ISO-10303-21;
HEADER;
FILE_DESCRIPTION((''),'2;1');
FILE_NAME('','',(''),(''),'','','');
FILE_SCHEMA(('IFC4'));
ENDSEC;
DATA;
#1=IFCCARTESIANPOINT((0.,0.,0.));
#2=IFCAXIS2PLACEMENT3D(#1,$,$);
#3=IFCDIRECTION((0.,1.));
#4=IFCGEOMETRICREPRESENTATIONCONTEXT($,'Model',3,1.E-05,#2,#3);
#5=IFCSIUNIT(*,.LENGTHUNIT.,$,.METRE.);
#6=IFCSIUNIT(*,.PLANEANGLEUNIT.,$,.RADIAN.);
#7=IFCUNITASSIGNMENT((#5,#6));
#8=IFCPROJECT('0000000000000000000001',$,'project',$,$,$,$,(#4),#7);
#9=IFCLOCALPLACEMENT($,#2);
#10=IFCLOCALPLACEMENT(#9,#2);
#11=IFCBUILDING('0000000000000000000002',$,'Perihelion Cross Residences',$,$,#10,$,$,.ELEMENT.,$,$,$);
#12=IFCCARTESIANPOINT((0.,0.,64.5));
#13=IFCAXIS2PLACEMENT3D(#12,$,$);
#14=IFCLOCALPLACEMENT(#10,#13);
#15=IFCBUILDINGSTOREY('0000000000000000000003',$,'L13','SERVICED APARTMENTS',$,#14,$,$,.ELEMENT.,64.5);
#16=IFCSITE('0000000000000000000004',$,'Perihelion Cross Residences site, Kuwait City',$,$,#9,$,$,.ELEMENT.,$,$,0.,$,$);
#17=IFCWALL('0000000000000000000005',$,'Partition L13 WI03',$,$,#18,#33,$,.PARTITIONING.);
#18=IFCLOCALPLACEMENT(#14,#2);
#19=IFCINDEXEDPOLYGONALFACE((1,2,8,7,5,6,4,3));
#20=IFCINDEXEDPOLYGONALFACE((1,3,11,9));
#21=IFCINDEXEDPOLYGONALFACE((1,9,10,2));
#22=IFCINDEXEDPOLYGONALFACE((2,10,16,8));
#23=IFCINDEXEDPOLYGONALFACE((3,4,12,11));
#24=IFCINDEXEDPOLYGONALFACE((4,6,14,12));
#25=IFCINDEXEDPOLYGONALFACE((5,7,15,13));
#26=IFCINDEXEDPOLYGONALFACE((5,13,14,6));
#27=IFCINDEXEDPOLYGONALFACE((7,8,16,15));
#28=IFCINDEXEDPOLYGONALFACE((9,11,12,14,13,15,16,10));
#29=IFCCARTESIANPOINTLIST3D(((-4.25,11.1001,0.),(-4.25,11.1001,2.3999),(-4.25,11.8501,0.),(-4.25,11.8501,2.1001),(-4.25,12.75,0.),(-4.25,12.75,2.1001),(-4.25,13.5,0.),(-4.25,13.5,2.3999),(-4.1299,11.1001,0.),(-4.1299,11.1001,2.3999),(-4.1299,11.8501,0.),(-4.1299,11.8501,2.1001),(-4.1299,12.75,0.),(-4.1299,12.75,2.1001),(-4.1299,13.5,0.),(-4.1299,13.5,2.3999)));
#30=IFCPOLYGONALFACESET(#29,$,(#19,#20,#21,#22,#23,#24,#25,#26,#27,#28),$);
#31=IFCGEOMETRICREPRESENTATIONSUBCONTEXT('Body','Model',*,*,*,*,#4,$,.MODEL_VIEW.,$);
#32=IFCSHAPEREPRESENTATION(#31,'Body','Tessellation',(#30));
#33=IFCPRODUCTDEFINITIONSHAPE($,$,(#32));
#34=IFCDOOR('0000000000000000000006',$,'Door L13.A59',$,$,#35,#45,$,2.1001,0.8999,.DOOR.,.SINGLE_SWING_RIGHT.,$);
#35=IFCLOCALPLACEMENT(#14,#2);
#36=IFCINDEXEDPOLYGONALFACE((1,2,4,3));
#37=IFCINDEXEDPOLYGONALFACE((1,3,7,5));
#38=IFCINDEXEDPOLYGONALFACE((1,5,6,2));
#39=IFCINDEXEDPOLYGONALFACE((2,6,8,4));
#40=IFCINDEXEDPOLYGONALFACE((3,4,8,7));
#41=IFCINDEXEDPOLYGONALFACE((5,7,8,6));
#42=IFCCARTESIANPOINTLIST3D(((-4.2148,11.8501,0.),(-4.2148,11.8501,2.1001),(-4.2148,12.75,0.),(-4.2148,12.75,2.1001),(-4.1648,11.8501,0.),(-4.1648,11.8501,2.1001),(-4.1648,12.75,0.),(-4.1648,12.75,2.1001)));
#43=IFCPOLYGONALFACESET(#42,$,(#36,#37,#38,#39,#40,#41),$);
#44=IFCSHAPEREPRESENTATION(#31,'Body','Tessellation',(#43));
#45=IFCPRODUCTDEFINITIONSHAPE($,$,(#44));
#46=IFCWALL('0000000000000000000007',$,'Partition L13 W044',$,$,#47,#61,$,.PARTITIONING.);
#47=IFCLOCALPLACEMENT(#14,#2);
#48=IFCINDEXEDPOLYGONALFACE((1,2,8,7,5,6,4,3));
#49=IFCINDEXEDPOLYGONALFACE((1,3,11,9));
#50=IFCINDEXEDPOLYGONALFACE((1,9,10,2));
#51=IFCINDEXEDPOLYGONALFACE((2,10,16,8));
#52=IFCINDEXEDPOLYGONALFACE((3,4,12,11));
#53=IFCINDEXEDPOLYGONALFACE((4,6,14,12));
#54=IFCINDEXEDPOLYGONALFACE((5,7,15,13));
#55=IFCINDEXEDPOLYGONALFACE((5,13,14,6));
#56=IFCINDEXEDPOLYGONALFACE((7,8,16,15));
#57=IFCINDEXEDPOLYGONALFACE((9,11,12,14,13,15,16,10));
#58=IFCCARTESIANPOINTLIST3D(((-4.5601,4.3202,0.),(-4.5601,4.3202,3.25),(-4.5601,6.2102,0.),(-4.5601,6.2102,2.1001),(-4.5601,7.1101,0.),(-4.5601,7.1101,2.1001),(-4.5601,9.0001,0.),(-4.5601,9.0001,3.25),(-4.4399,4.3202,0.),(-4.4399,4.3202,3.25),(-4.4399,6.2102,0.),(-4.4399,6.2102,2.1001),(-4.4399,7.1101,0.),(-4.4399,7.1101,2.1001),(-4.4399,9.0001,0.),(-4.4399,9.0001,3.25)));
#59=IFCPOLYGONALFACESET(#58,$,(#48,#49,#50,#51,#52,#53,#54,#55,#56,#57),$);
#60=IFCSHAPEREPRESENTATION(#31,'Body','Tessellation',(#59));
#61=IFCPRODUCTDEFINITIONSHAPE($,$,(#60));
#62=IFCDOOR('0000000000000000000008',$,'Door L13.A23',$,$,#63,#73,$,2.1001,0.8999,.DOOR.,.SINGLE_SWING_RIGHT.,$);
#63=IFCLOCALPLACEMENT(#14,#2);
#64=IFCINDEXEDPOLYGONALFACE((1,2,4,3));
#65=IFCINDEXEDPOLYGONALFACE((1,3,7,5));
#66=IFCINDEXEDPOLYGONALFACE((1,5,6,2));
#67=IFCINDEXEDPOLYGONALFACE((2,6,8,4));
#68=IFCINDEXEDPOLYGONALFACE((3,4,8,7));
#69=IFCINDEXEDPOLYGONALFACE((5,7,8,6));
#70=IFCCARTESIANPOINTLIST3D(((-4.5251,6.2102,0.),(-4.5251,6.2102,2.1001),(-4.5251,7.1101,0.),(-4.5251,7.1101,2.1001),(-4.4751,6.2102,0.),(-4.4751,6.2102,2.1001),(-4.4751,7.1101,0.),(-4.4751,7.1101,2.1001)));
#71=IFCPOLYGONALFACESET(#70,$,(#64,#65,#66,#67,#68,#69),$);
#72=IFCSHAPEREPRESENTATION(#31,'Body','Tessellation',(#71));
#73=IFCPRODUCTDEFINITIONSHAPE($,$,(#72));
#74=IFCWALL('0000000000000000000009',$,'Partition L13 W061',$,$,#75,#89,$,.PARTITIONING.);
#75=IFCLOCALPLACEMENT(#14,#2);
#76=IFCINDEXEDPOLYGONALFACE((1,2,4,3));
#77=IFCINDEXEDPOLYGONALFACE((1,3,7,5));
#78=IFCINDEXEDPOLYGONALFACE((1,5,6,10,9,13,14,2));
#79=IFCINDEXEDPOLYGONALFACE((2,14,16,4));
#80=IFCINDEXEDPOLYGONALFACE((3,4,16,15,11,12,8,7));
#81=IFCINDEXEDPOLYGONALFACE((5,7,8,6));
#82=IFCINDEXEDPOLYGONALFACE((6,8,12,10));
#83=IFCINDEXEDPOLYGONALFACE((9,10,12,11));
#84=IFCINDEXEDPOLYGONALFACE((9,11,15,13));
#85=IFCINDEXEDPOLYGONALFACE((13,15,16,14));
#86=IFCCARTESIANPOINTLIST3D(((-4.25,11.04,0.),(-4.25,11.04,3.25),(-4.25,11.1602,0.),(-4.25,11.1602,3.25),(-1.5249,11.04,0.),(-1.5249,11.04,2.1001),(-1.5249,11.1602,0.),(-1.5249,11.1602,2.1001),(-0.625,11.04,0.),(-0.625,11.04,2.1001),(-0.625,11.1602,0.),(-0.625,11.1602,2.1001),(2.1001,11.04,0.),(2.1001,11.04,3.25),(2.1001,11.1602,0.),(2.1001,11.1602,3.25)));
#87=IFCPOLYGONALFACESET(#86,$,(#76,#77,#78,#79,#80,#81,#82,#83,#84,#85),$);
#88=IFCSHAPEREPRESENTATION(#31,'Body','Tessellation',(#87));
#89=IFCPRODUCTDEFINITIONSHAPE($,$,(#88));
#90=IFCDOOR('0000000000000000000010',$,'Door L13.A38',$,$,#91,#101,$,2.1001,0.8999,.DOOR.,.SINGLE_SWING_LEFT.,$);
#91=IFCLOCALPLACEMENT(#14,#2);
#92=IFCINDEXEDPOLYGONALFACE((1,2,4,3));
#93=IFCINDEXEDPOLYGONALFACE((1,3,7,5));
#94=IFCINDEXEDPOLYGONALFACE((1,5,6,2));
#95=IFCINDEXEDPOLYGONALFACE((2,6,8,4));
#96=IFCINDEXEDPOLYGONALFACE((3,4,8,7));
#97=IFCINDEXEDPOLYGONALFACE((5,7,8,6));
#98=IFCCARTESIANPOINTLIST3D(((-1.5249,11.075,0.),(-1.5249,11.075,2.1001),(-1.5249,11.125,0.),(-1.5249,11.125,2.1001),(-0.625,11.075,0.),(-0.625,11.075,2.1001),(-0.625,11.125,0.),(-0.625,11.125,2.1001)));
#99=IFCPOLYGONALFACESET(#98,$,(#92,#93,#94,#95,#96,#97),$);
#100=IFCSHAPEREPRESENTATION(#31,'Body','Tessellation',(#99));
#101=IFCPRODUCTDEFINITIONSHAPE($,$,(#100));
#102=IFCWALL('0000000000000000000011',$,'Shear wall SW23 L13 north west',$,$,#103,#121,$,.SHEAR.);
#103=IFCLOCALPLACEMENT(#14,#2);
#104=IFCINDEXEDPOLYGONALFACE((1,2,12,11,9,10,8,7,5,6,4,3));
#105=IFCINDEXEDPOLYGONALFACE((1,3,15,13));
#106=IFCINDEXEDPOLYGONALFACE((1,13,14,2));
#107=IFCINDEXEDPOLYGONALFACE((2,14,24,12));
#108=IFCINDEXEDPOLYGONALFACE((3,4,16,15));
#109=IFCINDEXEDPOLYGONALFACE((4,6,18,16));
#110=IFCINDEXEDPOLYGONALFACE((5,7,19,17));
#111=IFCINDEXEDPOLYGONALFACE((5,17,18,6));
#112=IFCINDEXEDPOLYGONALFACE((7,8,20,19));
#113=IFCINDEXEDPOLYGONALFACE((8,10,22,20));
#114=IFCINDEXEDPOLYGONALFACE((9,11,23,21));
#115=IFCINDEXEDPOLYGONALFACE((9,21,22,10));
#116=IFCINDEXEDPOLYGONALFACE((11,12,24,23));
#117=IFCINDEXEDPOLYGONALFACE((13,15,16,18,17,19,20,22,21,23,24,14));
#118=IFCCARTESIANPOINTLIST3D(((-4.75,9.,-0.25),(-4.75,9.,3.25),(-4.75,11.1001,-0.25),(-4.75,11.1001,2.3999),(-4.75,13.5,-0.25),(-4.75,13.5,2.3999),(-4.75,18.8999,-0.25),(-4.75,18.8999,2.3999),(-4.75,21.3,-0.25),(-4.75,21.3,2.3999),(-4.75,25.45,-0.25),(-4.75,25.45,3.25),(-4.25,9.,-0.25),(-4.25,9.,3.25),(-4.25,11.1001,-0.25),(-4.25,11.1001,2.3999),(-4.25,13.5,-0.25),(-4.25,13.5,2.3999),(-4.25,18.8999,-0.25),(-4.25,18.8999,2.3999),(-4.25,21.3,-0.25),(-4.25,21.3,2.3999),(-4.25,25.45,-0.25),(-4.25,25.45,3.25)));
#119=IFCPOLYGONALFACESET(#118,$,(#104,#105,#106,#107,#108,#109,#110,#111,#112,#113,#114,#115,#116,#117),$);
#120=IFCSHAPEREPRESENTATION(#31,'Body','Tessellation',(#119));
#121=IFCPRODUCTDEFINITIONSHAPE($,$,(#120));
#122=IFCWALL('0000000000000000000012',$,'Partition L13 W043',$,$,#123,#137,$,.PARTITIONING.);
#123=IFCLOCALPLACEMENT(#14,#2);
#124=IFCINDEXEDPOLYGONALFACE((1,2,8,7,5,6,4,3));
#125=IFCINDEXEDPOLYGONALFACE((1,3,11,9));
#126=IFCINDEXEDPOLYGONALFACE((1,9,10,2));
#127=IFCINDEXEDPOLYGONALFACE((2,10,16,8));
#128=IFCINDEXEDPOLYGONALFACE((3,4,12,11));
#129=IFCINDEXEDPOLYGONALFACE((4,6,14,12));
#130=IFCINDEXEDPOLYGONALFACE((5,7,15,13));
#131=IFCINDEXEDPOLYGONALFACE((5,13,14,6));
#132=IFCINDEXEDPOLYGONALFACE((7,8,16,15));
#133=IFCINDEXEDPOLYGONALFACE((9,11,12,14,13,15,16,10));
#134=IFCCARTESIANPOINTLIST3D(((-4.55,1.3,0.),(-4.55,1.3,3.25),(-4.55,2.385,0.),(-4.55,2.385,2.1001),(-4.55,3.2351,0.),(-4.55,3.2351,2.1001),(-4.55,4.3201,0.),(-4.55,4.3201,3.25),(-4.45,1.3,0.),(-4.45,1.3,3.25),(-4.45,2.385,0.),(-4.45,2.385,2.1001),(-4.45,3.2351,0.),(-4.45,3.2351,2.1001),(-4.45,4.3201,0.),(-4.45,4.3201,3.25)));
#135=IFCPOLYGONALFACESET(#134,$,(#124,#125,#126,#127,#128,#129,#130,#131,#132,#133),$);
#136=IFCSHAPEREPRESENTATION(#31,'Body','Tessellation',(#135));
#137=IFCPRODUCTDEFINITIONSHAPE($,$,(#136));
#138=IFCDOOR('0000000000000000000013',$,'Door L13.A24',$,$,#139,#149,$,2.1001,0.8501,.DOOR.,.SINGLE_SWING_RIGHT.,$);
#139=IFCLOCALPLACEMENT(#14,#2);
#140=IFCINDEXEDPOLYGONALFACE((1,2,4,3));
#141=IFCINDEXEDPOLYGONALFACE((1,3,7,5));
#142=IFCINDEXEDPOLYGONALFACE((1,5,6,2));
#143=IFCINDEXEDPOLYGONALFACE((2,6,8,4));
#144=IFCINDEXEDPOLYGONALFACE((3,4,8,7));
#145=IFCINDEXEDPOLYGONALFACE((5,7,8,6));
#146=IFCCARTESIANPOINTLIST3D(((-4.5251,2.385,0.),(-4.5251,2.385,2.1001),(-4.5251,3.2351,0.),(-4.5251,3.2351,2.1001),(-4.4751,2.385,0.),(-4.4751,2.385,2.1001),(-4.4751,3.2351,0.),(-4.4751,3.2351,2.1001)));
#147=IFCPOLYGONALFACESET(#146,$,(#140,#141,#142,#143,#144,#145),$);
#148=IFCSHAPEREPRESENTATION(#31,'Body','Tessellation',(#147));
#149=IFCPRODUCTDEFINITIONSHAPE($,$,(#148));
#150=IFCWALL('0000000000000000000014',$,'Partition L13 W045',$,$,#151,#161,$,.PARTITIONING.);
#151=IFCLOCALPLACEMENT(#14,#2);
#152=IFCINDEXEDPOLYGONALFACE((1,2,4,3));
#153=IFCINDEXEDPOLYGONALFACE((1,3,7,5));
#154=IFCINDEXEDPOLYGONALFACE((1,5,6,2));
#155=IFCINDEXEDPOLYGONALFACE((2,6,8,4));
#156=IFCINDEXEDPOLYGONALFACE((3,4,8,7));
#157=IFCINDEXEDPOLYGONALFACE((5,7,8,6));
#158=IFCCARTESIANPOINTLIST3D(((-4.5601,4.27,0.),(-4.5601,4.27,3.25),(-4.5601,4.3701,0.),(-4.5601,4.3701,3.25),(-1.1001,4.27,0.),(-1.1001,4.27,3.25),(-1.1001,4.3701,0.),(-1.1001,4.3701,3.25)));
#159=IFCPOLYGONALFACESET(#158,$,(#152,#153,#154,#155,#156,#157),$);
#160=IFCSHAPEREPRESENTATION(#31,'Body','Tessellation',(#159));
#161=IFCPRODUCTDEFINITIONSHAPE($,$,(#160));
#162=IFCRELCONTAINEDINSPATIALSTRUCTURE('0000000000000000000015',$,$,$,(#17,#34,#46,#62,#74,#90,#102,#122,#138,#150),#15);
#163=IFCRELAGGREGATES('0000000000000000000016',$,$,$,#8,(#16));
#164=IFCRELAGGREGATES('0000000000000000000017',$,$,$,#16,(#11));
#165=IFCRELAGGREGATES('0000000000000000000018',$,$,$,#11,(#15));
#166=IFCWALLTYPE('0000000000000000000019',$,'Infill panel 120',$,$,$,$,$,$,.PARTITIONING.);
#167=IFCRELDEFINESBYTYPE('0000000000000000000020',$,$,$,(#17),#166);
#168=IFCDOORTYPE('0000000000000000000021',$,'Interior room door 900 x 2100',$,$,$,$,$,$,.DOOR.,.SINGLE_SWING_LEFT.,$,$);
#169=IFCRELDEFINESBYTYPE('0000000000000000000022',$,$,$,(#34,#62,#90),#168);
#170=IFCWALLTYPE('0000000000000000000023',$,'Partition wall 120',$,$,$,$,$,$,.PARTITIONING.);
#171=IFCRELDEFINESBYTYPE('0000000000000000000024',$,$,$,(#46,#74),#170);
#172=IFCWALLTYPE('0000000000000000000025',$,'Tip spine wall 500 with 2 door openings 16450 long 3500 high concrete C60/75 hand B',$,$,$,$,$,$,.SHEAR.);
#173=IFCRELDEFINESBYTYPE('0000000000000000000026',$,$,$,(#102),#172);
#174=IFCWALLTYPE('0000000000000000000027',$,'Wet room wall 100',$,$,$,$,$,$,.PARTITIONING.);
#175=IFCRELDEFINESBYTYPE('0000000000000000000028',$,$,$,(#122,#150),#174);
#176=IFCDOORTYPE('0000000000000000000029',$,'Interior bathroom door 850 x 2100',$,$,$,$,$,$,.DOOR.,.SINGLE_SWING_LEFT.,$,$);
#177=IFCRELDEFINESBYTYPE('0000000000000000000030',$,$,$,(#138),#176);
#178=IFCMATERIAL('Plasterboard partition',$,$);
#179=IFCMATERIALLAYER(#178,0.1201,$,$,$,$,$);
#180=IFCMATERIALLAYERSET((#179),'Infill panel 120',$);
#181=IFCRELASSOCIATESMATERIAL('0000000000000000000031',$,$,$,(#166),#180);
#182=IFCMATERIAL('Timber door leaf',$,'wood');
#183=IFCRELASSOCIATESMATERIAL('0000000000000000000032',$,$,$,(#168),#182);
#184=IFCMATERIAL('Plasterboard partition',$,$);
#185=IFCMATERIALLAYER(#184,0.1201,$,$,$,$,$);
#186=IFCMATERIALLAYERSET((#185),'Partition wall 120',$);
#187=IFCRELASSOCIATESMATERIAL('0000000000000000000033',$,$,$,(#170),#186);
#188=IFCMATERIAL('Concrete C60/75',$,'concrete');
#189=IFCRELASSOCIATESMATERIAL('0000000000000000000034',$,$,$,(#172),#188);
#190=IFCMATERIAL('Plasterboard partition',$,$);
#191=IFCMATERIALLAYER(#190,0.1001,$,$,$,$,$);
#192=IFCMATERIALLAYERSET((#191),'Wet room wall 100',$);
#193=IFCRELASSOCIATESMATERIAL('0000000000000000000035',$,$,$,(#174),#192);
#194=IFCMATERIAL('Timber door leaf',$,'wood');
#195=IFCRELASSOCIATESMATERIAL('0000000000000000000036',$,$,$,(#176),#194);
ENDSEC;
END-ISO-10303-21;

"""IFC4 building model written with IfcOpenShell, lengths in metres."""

from ifc_helpers import new_model, si_unit, direction, frame, frame_2d, origin, place, context, subcontext, project, spatial, polyline, rectangle, outline, extrude, material, layer, layer_set, material_profile, profile_set, type_object, element, fill, save


model = new_model("IFC4")

# Units and contexts
model_context = context("Model", 3, precision=1e-05, world=origin(), true_north=direction((0.0, 1.0)))
body_context = subcontext(model_context, "Body", "Model", "MODEL_VIEW")
ifc_project = project(units=[si_unit("LENGTHUNIT", "METRE"), si_unit("PLANEANGLEUNIT", "RADIAN")], contexts=[model_context])

# Site, building, storey
site_placement = place(None, origin())
site = spatial("IfcSite", under=ifc_project, at=site_placement, Name="Perihelion Cross Residences site, Kuwait City", CompositionType="ELEMENT", RefElevation=0.0)
building_placement = place(site_placement, origin())
building = spatial("IfcBuilding", under=site, at=building_placement, Name="Perihelion Cross Residences", CompositionType="ELEMENT")
storey_placement = place(building_placement, frame((0.0, 0.0, 64.5)))
storey = spatial("IfcBuildingStorey", under=building, at=storey_placement, Name="L13", Description="SERVICED APARTMENTS", CompositionType="ELEMENT", Elevation=64.5)

# Walls, openings, doors
ifc_material_1 = material(Name="Plasterboard partition")
ifc_layer_1 = layer(ifc_material_1, 0.1201)
ifc_layer_set_1 = layer_set([ifc_layer_1], Name="Infill panel 120")
wall_type_1 = type_object("IfcWallType", Name="Infill panel 120", PredefinedType="PARTITIONING", material=ifc_layer_set_1)
wall_1_placement = place(storey_placement, frame((-4.1899, 11.1001, 0.0), z_axis=(0.0, 0.0, 1.0), x_axis=(0.0, 1.0, 0.0)))
wall_1 = element("IfcWall", 1, at=wall_1_placement, inside=storey, type_object=wall_type_1, Name="Partition L13 WI03", PredefinedType="PARTITIONING", context=body_context, shape_type="SweptSolid", body=[
    extrude(rectangle(XDim=2.3999, YDim=0.1201, at=frame_2d((1.2, 0.0))), origin(), (0.0, 0.0, 1.0), 2.3999),
])
opening_1_placement = place(wall_1_placement, frame((0.75, 0.0, 0.0)))
opening_1 = element("IfcOpeningElement", 2, at=opening_1_placement, cuts=wall_1, PredefinedType="OPENING", context=body_context, shape_type="SweptSolid", body=[
    extrude(rectangle(XDim=0.8999, YDim=2.1001, at=frame_2d((0.45, 1.05))), frame((0.0, 0.0701, 0.0), z_axis=(0.0, -1.0, 0.0), x_axis=(1.0, 0.0, 0.0)), (0.0, 0.0, 1.0), 0.1401),
])
ifc_material_2 = material(Name="Timber door leaf", Category="wood")
door_type_1 = type_object("IfcDoorType", Name="Interior room door 900 x 2100", OperationType="SINGLE_SWING_LEFT", PredefinedType="DOOR", material=ifc_material_2)
door_1_placement = place(opening_1_placement, origin())
door_1 = element("IfcDoor", 3, at=door_1_placement, inside=storey, type_object=door_type_1, Name="Door L13.A59", OperationType="SINGLE_SWING_RIGHT", OverallHeight=2.1001, OverallWidth=0.8999, PredefinedType="DOOR", context=body_context, shape_type="SweptSolid", body=[
    extrude(rectangle(XDim=0.8999, YDim=2.1001, at=frame_2d((0.45, 1.05))), frame((0.0, 0.0249, 0.0), z_axis=(0.0, -1.0, 0.0), x_axis=(1.0, 0.0, 0.0)), (0.0, 0.0, 1.0), 0.05),
])
fill(opening_1, door_1)
ifc_material_3 = material(Name="Plasterboard partition")
ifc_layer_2 = layer(ifc_material_3, 0.1201)
ifc_layer_set_2 = layer_set([ifc_layer_2], Name="Partition wall 120")
wall_type_2 = type_object("IfcWallType", Name="Partition wall 120", PredefinedType="PARTITIONING", material=ifc_layer_set_2)
wall_2_placement = place(storey_placement, frame((-4.5, 9.0, 0.0), z_axis=(0.0, 0.0, 1.0), x_axis=(0.0, -1.0, 0.0)))
wall_2 = element("IfcWall", 4, at=wall_2_placement, inside=storey, type_object=wall_type_2, Name="Partition L13 W044", PredefinedType="PARTITIONING", context=body_context, shape_type="SweptSolid", body=[
    extrude(rectangle(XDim=4.6799, YDim=0.1201, at=frame_2d((2.3398, 0.0))), origin(), (0.0, 0.0, 1.0), 3.25),
])
opening_2_placement = place(wall_2_placement, frame((1.8899, 0.0, 0.0)))
opening_2 = element("IfcOpeningElement", 5, at=opening_2_placement, cuts=wall_2, PredefinedType="OPENING", context=body_context, shape_type="SweptSolid", body=[
    extrude(rectangle(XDim=0.8999, YDim=2.1001, at=frame_2d((0.45, 1.05))), frame((0.0, 0.0701, 0.0), z_axis=(0.0, -1.0, 0.0), x_axis=(1.0, 0.0, 0.0)), (0.0, 0.0, 1.0), 0.1401),
])
door_2_placement = place(opening_2_placement, origin())
door_2 = element("IfcDoor", 6, at=door_2_placement, inside=storey, type_object=door_type_1, Name="Door L13.A23", OperationType="SINGLE_SWING_RIGHT", OverallHeight=2.1001, OverallWidth=0.8999, PredefinedType="DOOR", context=body_context, shape_type="SweptSolid", body=[
    extrude(rectangle(XDim=0.8999, YDim=2.1001, at=frame_2d((0.45, 1.05))), frame((0.0, 0.0249, 0.0), z_axis=(0.0, -1.0, 0.0), x_axis=(1.0, 0.0, 0.0)), (0.0, 0.0, 1.0), 0.05),
])
fill(opening_2, door_2)
wall_3_placement = place(storey_placement, frame((-4.25, 11.1001, 0.0), z_axis=(0.0, 0.0, 1.0), x_axis=(1.0, 0.0, 0.0)))
wall_3 = element("IfcWall", 7, at=wall_3_placement, inside=storey, type_object=wall_type_2, Name="Partition L13 W061", PredefinedType="PARTITIONING", context=body_context, shape_type="SweptSolid", body=[
    extrude(rectangle(XDim=6.3501, YDim=0.1201, at=frame_2d((3.175, 0.0))), origin(), (0.0, 0.0, 1.0), 3.25),
])
opening_3_placement = place(wall_3_placement, frame((2.7251, 0.0, 0.0)))
opening_3 = element("IfcOpeningElement", 8, at=opening_3_placement, cuts=wall_3, PredefinedType="OPENING", context=body_context, shape_type="SweptSolid", body=[
    extrude(rectangle(XDim=0.8999, YDim=2.1001, at=frame_2d((0.45, 1.05))), frame((0.0, 0.0701, 0.0), z_axis=(0.0, -1.0, 0.0), x_axis=(1.0, 0.0, 0.0)), (0.0, 0.0, 1.0), 0.1401),
])
door_3_placement = place(opening_3_placement, origin())
door_3 = element("IfcDoor", 9, at=door_3_placement, inside=storey, type_object=door_type_1, Name="Door L13.A38", OperationType="SINGLE_SWING_LEFT", OverallHeight=2.1001, OverallWidth=0.8999, PredefinedType="DOOR", context=body_context, shape_type="SweptSolid", body=[
    extrude(rectangle(XDim=0.8999, YDim=2.1001, at=frame_2d((0.45, 1.05))), frame((0.0, 0.0249, 0.0), z_axis=(0.0, -1.0, 0.0), x_axis=(1.0, 0.0, 0.0)), (0.0, 0.0, 1.0), 0.05),
])
fill(opening_3, door_3)

# Wall
ifc_material_4 = material(Name="Concrete C60/75", Category="concrete")
ifc_material_profile_1 = material_profile(ifc_material_4, outline(polyline([(0.0, 0.0), (2.1001, 0.0), (2.1001, 2.6499), (4.5, 2.6499), (4.5, 0.0), (9.8999, 0.0), (9.8999, 2.6499), (12.3, 2.6499), (12.3, 0.0), (16.45, 0.0), (16.45, 3.5), (0.0, 3.5), (0.0, 0.0)])), Name="Tip spine wall")
ifc_profile_set_1 = profile_set([ifc_material_profile_1], Name="Concrete C60/75")
wall_type_3 = type_object("IfcWallType", Name="Tip spine wall 500 with 2 door openings 16450 long 3500 high concrete C60/75 hand B", PredefinedType="SHEAR", material=ifc_profile_set_1)
wall_4_placement = place(storey_placement, frame((-4.75, 9.0, -0.25), z_axis=(1.0, 0.0, 0.0), x_axis=(0.0, 1.0, 0.0)))
element("IfcWall", 10, at=wall_4_placement, inside=storey, type_object=wall_type_3, Name="Shear wall SW23 L13 north west", PredefinedType="SHEAR", context=body_context, shape_type="SweptSolid", body=[
    extrude(outline(polyline([(0.0, 0.0), (2.1001, 0.0), (2.1001, 2.6499), (4.5, 2.6499), (4.5, 0.0), (9.8999, 0.0), (9.8999, 2.6499), (12.3, 2.6499), (12.3, 0.0), (16.45, 0.0), (16.45, 3.5), (0.0, 3.5), (0.0, 0.0)])), origin(), (0.0, 0.0, 1.0), 0.5),
])

# Wall, opening, door
ifc_material_5 = material(Name="Plasterboard partition")
ifc_layer_3 = layer(ifc_material_5, 0.1001)
ifc_layer_set_3 = layer_set([ifc_layer_3], Name="Wet room wall 100")
wall_type_4 = type_object("IfcWallType", Name="Wet room wall 100", PredefinedType="PARTITIONING", material=ifc_layer_set_3)
wall_5_placement = place(storey_placement, frame((-4.5, 4.3201, 0.0), z_axis=(0.0, 0.0, 1.0), x_axis=(0.0, -1.0, 0.0)))
wall_5 = element("IfcWall", 11, at=wall_5_placement, inside=storey, type_object=wall_type_4, Name="Partition L13 W043", PredefinedType="PARTITIONING", context=body_context, shape_type="SweptSolid", body=[
    extrude(rectangle(XDim=3.02, YDim=0.1001, at=frame_2d((1.51, 0.0))), origin(), (0.0, 0.0, 1.0), 3.25),
])
opening_4_placement = place(wall_5_placement, frame((1.085, 0.0, 0.0)))
opening_4 = element("IfcOpeningElement", 12, at=opening_4_placement, cuts=wall_5, PredefinedType="OPENING", context=body_context, shape_type="SweptSolid", body=[
    extrude(rectangle(XDim=0.8501, YDim=2.1001, at=frame_2d((0.425, 1.05))), frame((0.0, 0.0601, 0.0), z_axis=(0.0, -1.0, 0.0), x_axis=(1.0, 0.0, 0.0)), (0.0, 0.0, 1.0), 0.1201),
])
ifc_material_6 = material(Name="Timber door leaf", Category="wood")
door_type_2 = type_object("IfcDoorType", Name="Interior bathroom door 850 x 2100", OperationType="SINGLE_SWING_LEFT", PredefinedType="DOOR", material=ifc_material_6)
door_4_placement = place(opening_4_placement, origin())
door_4 = element("IfcDoor", 13, at=door_4_placement, inside=storey, type_object=door_type_2, Name="Door L13.A24", OperationType="SINGLE_SWING_RIGHT", OverallHeight=2.1001, OverallWidth=0.8501, PredefinedType="DOOR", context=body_context, shape_type="SweptSolid", body=[
    extrude(rectangle(XDim=0.8501, YDim=2.1001, at=frame_2d((0.425, 1.05))), frame((0.0, 0.0249, 0.0), z_axis=(0.0, -1.0, 0.0), x_axis=(1.0, 0.0, 0.0)), (0.0, 0.0, 1.0), 0.05),
])
fill(opening_4, door_4)

# Wall
wall_6_placement = place(storey_placement, frame((-4.5601, 4.3201, 0.0), z_axis=(0.0, 0.0, 1.0), x_axis=(1.0, 0.0, 0.0)))
element("IfcWall", 14, at=wall_6_placement, inside=storey, type_object=wall_type_4, Name="Partition L13 W045", PredefinedType="PARTITIONING", context=body_context, shape_type="SweptSolid", body=[
    extrude(rectangle(XDim=3.46, YDim=0.1001, at=frame_2d((1.73, 0.0))), origin(), (0.0, 0.0, 1.0), 3.25),
])

save(model, "model.ifc")
